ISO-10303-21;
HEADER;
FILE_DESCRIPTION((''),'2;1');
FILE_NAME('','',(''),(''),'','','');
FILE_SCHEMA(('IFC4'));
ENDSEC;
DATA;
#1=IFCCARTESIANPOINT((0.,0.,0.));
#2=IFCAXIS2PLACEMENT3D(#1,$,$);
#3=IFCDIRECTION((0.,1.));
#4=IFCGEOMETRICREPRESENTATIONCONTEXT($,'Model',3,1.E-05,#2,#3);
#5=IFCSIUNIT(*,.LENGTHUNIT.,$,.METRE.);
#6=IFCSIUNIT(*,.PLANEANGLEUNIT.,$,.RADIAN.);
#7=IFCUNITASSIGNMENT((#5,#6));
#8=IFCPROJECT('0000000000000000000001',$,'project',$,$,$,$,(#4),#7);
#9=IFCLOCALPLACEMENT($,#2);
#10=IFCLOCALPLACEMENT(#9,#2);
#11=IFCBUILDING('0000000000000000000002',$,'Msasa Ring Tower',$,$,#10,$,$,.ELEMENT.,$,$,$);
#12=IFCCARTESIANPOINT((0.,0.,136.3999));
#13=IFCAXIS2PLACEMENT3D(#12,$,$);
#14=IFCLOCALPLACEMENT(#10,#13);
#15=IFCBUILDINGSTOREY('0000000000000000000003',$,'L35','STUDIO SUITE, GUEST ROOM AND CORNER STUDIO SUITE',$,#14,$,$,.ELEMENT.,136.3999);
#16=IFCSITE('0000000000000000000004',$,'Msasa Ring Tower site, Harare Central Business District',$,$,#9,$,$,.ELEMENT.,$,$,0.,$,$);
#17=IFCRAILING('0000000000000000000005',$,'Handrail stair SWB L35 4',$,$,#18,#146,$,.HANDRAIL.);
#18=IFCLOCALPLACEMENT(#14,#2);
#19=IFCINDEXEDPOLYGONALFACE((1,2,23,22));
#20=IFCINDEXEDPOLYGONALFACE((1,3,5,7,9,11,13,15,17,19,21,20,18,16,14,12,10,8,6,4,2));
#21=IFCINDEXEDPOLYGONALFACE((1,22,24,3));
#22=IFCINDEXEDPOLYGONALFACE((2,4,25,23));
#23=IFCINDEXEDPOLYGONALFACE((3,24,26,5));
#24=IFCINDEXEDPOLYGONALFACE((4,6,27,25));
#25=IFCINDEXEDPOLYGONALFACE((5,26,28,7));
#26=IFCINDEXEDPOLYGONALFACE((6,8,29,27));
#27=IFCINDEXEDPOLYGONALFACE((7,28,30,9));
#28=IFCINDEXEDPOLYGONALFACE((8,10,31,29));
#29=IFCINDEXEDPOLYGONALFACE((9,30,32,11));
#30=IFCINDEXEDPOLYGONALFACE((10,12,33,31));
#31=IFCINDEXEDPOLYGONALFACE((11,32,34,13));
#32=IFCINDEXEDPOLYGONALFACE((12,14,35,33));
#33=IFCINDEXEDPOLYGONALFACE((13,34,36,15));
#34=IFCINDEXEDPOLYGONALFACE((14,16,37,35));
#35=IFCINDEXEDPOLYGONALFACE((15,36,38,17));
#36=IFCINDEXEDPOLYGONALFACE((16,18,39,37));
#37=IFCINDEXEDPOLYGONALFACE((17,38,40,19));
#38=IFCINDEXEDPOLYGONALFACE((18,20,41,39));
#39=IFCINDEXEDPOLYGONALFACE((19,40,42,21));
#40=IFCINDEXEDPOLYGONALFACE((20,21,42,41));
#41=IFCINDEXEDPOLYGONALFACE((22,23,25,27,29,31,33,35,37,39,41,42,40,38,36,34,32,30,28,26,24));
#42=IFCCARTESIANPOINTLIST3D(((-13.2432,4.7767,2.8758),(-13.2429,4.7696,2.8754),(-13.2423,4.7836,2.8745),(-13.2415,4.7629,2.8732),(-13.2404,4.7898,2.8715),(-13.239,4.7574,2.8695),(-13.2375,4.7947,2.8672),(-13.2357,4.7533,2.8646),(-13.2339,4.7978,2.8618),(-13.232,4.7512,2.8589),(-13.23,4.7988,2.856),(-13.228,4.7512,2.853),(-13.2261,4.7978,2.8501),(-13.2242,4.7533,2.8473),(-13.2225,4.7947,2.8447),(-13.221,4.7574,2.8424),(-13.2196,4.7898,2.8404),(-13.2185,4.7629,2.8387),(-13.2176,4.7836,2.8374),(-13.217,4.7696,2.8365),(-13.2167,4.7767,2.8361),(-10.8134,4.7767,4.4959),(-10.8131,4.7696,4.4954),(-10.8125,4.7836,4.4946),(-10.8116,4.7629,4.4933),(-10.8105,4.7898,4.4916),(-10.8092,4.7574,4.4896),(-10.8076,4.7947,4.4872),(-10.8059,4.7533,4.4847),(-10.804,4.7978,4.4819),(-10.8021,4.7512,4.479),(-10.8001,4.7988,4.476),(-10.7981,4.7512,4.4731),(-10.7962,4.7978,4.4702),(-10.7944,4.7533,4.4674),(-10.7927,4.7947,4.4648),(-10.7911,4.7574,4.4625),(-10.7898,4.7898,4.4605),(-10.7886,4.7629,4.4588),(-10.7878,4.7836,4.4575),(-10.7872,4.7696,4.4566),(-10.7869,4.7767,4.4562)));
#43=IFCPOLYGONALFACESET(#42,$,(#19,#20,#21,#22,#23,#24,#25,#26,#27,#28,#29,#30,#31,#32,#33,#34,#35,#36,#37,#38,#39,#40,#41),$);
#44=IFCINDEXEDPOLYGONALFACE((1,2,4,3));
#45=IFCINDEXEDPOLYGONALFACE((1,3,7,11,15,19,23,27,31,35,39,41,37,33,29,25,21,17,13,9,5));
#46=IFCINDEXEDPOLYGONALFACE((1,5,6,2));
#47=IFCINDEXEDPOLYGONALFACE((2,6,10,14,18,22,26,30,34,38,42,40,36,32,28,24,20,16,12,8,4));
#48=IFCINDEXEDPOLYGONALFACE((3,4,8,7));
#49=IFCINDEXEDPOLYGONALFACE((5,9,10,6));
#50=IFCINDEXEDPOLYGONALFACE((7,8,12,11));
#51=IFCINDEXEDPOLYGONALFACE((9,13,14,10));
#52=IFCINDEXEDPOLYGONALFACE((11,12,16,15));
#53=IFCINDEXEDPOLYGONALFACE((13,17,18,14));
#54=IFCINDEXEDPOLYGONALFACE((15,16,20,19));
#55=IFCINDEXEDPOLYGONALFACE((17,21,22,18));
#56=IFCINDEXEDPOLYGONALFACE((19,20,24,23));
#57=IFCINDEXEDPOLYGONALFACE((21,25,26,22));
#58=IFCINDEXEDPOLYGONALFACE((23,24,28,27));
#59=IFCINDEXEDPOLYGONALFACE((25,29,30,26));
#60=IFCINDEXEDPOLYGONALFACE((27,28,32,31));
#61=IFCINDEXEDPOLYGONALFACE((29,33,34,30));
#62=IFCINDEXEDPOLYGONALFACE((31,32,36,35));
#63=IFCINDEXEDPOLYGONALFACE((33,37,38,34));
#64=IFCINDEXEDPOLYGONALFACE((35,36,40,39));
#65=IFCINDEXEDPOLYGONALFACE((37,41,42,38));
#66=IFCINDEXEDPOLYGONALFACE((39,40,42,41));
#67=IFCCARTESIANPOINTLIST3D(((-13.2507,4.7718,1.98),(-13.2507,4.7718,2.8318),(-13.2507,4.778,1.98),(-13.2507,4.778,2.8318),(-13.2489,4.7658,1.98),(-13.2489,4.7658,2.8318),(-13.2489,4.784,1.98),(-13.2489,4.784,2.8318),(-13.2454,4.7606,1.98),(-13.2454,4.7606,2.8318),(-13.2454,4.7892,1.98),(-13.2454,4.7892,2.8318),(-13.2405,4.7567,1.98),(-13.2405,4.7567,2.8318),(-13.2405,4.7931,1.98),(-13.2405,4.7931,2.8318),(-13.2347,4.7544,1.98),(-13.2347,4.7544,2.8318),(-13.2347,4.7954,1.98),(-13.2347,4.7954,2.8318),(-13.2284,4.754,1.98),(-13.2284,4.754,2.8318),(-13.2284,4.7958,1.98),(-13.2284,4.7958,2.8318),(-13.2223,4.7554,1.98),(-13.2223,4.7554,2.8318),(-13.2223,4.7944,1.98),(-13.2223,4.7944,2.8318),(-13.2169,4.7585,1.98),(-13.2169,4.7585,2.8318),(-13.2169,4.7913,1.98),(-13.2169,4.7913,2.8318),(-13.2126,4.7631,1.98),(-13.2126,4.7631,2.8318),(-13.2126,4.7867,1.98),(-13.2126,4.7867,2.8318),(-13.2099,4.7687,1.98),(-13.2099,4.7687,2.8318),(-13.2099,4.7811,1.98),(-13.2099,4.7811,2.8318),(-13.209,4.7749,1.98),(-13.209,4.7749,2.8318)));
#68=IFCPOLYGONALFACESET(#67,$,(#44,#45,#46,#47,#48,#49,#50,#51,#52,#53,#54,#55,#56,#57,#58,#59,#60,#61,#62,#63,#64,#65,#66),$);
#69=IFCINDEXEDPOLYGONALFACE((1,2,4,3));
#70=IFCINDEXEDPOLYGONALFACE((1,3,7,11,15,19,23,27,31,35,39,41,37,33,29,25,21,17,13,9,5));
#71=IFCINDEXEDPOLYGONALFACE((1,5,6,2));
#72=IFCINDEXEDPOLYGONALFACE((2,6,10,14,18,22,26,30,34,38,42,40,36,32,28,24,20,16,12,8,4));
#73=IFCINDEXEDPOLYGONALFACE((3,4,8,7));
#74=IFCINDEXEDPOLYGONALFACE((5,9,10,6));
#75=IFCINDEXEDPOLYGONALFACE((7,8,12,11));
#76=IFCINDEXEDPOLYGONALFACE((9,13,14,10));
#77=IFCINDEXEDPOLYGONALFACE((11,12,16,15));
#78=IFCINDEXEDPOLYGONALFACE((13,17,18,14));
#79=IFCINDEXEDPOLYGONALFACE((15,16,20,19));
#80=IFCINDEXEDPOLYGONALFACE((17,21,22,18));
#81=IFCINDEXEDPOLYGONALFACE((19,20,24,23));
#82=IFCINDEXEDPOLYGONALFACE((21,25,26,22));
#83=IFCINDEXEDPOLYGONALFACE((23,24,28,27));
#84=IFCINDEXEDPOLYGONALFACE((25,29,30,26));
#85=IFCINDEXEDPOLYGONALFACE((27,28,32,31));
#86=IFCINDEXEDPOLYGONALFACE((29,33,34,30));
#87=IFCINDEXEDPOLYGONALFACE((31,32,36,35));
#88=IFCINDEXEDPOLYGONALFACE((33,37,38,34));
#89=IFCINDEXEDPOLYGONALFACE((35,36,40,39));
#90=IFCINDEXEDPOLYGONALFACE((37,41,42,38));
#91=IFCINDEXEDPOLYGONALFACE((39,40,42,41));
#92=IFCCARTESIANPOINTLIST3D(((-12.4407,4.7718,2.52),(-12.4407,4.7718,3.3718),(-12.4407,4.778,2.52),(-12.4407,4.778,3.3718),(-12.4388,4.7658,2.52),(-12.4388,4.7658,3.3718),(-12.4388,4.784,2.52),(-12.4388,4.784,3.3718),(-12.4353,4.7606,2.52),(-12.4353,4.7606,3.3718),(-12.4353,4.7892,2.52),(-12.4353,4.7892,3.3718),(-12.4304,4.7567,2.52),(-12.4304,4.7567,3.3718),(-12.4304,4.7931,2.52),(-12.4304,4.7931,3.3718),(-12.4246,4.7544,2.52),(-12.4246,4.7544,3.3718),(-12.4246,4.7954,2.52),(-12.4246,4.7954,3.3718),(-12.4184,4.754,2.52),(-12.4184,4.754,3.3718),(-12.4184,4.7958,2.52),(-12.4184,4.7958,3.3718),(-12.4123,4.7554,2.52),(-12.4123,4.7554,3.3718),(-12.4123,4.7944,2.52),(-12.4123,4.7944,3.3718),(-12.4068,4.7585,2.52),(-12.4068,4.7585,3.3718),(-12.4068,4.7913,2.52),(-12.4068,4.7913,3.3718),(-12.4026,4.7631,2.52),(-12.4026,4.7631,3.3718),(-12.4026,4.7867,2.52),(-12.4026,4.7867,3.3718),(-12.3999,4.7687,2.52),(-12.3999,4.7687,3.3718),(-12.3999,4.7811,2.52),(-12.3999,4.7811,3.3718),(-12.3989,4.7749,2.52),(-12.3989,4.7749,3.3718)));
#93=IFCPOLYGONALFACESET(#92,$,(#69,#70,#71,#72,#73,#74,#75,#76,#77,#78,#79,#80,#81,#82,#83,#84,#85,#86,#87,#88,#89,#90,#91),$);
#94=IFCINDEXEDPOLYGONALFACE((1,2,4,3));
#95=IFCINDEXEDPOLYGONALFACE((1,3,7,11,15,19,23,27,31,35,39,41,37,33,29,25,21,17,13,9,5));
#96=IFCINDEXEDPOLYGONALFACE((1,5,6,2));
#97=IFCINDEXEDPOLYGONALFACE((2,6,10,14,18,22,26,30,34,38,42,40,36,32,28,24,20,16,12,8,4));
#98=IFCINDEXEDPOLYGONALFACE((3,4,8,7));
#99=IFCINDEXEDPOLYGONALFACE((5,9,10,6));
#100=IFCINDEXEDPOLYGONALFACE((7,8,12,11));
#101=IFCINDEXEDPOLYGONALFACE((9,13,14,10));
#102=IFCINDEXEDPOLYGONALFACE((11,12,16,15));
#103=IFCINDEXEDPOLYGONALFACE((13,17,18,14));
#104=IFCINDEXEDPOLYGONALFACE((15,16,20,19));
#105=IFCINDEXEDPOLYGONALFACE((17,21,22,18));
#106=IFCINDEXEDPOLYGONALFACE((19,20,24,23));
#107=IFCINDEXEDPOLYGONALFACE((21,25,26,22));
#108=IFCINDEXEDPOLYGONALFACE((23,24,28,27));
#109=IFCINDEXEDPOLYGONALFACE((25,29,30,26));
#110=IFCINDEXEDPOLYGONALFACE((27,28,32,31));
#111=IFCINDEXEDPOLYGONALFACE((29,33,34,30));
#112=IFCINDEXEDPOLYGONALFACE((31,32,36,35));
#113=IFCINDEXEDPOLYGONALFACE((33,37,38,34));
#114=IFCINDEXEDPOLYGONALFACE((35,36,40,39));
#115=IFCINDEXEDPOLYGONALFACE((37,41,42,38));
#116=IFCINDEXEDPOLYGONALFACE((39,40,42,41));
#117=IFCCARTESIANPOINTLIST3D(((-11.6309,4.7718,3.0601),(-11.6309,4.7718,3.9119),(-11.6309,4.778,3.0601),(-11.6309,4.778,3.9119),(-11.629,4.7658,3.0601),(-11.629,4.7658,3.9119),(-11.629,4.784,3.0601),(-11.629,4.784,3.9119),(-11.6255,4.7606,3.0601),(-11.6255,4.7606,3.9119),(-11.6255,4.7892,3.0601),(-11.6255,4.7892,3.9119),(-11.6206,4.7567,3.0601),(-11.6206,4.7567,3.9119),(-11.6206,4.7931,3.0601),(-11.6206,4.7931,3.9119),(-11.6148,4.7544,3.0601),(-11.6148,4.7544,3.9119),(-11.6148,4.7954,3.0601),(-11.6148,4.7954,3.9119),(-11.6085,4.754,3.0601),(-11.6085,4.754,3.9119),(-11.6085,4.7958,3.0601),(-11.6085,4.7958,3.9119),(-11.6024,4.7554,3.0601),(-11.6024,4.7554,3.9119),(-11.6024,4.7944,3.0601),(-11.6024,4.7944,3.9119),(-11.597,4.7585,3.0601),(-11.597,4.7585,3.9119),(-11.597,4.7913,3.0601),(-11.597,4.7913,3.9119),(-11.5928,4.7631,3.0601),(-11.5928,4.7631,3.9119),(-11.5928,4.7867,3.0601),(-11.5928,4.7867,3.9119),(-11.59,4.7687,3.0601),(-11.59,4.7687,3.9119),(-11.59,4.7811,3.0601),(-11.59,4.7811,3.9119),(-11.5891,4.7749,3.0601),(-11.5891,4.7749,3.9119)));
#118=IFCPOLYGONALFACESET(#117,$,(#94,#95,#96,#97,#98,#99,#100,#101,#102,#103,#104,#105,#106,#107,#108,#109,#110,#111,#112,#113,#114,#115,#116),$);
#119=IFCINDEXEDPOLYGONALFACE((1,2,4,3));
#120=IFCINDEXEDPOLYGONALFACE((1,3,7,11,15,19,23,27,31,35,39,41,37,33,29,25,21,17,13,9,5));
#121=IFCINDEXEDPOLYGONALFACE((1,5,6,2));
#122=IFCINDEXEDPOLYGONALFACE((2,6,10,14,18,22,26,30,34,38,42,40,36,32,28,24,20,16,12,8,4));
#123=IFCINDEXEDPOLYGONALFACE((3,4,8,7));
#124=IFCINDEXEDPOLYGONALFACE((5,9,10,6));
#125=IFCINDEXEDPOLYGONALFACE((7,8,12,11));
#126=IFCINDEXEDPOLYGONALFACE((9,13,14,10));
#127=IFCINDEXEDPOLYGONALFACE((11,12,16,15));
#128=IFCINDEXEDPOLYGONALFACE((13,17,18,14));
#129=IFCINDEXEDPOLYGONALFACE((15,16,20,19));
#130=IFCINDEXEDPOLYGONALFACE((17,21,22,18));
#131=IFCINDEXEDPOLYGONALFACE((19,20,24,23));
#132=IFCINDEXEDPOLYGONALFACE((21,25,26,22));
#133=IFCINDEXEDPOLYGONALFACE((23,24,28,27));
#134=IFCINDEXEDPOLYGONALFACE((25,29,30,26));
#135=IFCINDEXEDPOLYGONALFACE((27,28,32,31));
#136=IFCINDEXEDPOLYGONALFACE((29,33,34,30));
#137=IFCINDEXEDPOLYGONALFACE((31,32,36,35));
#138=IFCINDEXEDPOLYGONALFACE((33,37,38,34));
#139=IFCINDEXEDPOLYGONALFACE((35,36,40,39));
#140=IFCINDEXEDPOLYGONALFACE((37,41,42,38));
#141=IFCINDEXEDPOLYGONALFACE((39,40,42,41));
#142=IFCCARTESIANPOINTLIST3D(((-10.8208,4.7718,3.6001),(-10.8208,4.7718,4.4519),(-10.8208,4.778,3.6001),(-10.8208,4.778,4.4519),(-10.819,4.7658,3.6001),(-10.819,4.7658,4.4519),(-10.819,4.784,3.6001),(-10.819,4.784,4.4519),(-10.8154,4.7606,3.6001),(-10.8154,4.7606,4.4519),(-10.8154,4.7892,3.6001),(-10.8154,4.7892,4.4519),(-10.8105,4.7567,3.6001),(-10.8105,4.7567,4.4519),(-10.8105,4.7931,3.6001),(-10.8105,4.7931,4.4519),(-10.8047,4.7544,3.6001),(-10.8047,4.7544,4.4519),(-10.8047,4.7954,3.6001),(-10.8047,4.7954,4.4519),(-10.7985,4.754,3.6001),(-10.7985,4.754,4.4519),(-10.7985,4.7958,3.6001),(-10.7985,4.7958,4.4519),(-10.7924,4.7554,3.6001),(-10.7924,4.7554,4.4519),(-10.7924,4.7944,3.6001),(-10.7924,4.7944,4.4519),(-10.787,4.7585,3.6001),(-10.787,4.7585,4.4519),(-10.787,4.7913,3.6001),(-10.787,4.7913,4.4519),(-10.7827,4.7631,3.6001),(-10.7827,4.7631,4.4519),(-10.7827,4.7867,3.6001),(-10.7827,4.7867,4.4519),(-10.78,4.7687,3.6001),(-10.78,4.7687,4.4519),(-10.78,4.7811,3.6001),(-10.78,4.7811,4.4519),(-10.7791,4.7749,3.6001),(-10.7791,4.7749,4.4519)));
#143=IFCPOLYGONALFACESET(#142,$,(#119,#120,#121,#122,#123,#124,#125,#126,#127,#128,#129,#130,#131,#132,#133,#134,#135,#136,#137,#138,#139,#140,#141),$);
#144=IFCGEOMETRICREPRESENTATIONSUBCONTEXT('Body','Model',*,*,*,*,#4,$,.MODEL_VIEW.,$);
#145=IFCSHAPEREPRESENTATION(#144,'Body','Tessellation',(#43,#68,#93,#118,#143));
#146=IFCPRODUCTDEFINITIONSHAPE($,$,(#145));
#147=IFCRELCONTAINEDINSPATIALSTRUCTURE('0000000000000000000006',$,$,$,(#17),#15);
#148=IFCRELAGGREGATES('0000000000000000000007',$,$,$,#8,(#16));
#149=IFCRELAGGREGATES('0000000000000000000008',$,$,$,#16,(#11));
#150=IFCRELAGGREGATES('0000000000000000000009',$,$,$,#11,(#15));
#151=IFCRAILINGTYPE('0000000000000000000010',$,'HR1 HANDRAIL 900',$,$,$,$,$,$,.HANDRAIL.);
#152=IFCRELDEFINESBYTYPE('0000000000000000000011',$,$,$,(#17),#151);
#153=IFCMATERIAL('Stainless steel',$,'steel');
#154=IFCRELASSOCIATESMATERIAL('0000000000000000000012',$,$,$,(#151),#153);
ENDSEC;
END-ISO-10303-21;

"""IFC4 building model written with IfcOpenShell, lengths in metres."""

from ifc_helpers import new_model, si_unit, direction, frame, origin, origin_2d, place, context, subcontext, project, spatial, circle, extrude, material, type_object, element, save


model = new_model("IFC4")

# Units and contexts
model_context = context("Model", 3, precision=1e-05, world=origin(), true_north=direction((0.0, 1.0)))
body_context = subcontext(model_context, "Body", "Model", "MODEL_VIEW")
ifc_project = project(units=[si_unit("LENGTHUNIT", "METRE"), si_unit("PLANEANGLEUNIT", "RADIAN")], contexts=[model_context])

# Site, building, storey
site_placement = place(None, origin())
site = spatial("IfcSite", under=ifc_project, at=site_placement, Name="Msasa Ring Tower site, Harare Central Business District", CompositionType="ELEMENT", RefElevation=0.0)
building_placement = place(site_placement, origin())
building = spatial("IfcBuilding", under=site, at=building_placement, Name="Msasa Ring Tower", CompositionType="ELEMENT")
storey_placement = place(building_placement, frame((0.0, 0.0, 136.3999)))
storey = spatial("IfcBuildingStorey", under=building, at=storey_placement, Name="L35", Description="STUDIO SUITE, GUEST ROOM AND CORNER STUDIO SUITE", CompositionType="ELEMENT", Elevation=136.3999)

# Railing
ifc_material_1 = material(Name="Stainless steel", Category="steel")
railing_type = type_object("IfcRailingType", Name="HR1 HANDRAIL 900", PredefinedType="HANDRAIL", material=ifc_material_1)
for number, where, name in (
    (1, (-13.23, 4.7749, 1.98), "Handrail stair SWB L35 4"),
):
    element("IfcRailing", number, at=place(storey_placement, frame(where)), inside=storey, type_object=railing_type, Name=name, PredefinedType="HANDRAIL", context=body_context, shape_type="SweptSolid", body=[
        extrude(circle(Radius=0.0239, at=origin_2d()), frame((0.0, 0.0, 0.876), z_axis=(0.832025, 0.0, 0.554739), x_axis=(0.0, 1.0, 0.0)), (0.0, 0.0, 1.0), 2.9204),
        extrude(circle(Radius=0.021, at=origin_2d()), origin(), (0.0, 0.0, 1.0), 0.8518),
        extrude(circle(Radius=0.021, at=origin_2d()), frame((0.8101, 0.0, 0.54)), (0.0, 0.0, 1.0), 0.8518),
        extrude(circle(Radius=0.021, at=origin_2d()), frame((1.6199, 0.0, 1.0801)), (0.0, 0.0, 1.0), 0.8518),
        extrude(circle(Radius=0.021, at=origin_2d()), frame((2.4299, 0.0, 1.6201)), (0.0, 0.0, 1.0), 0.8518),
    ])

save(model, "model.ifc")
